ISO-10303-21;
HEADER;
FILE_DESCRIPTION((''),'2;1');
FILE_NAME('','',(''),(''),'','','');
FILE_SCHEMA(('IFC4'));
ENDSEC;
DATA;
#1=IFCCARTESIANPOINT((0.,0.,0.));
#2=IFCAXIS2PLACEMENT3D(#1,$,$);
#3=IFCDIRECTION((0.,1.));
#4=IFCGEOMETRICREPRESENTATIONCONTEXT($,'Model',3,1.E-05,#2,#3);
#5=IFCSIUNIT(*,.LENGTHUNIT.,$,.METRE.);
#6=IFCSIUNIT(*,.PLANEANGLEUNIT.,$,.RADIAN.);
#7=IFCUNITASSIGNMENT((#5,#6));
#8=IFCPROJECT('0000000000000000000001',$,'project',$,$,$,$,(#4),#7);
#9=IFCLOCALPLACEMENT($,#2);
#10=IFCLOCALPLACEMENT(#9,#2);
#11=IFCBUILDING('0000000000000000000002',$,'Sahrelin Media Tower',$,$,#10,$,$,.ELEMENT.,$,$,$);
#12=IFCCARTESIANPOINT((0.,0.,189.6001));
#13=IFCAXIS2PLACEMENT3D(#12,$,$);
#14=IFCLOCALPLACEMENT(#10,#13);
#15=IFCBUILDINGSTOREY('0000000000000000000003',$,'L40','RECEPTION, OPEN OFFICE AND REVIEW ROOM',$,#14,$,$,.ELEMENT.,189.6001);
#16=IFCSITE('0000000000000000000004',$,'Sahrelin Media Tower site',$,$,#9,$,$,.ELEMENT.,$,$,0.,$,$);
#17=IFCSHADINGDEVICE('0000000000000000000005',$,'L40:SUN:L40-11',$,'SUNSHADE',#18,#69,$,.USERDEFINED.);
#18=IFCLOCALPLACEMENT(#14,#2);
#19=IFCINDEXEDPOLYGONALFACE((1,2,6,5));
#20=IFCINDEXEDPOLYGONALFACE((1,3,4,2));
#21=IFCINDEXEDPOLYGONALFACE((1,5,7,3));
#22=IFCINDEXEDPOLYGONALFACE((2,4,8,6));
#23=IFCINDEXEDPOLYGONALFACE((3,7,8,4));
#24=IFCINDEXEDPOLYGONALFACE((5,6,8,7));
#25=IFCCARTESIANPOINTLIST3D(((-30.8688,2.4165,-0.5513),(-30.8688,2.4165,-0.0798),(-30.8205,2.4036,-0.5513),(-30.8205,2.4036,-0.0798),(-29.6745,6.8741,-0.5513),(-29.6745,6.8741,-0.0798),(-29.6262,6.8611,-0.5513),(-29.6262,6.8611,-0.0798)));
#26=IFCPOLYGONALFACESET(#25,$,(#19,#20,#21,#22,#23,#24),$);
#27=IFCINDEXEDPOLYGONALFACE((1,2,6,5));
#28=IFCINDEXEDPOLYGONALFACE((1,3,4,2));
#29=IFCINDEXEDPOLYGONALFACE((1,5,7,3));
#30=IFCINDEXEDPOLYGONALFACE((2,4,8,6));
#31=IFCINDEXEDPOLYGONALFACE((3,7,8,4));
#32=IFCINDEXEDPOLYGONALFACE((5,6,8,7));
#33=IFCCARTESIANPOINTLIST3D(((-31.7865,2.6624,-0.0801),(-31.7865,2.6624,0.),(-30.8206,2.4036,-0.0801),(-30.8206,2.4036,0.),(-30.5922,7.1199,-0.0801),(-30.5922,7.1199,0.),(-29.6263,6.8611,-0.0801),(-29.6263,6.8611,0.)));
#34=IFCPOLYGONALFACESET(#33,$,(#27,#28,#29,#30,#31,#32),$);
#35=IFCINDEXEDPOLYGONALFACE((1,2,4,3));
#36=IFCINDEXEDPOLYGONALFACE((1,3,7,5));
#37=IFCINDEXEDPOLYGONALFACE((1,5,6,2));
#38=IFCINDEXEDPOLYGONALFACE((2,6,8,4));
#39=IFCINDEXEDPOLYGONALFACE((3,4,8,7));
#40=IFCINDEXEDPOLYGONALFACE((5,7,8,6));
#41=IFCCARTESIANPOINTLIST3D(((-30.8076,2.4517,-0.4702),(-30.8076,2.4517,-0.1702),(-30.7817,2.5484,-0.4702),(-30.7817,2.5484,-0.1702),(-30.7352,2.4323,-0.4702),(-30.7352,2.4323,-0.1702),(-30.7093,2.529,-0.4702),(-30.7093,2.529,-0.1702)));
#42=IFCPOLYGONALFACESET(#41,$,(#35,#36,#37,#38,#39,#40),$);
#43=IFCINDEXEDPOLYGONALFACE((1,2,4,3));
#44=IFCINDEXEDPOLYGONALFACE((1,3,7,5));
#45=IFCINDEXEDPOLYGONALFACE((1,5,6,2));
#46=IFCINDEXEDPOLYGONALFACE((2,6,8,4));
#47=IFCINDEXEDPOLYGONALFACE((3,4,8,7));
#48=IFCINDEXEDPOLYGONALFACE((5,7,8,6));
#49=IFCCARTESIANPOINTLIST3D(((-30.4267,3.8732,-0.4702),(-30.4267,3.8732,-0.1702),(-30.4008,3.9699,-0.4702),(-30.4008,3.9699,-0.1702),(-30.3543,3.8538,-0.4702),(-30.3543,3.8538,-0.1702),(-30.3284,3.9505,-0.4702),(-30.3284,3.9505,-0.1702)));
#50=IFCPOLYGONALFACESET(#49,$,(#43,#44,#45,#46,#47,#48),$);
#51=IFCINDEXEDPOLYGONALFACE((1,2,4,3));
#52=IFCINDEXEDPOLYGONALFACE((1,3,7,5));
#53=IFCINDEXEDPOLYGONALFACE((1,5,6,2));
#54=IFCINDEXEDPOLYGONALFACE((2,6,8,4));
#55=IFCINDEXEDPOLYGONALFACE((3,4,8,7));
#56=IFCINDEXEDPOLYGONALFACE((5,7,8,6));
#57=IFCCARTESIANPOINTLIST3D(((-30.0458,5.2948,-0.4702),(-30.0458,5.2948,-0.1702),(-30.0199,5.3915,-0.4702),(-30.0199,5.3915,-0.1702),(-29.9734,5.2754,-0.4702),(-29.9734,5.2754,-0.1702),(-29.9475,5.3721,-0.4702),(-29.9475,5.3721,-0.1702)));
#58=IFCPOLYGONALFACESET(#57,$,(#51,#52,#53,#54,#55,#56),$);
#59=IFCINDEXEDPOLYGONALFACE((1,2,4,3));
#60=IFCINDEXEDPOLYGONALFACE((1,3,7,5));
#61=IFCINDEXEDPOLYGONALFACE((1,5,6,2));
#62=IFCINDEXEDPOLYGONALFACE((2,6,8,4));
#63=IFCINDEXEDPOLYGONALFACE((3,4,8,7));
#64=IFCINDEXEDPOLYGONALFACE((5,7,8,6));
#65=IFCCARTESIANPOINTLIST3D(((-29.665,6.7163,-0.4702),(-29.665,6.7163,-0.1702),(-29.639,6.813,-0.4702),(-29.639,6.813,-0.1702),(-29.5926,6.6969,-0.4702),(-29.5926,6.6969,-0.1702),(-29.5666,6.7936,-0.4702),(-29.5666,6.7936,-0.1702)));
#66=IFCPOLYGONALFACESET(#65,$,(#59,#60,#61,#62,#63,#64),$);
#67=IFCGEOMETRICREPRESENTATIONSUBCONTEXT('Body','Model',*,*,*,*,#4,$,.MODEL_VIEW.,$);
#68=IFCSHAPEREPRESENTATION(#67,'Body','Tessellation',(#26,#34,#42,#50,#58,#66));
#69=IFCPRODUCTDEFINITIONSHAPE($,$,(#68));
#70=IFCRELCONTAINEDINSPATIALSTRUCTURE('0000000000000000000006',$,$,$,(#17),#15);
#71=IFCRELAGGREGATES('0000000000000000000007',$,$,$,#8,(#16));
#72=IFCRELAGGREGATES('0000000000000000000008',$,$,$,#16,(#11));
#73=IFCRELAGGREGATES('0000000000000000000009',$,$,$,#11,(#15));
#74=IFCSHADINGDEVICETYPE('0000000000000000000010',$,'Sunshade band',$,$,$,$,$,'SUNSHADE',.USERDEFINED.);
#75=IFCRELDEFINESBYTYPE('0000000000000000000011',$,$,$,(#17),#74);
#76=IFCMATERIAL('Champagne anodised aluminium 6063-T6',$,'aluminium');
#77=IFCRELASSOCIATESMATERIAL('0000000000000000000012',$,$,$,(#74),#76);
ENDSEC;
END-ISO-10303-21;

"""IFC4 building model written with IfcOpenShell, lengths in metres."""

from ifc_helpers import new_model, si_unit, direction, frame, origin, origin_2d, place, context, subcontext, project, spatial, rectangle, extrude, material, type_object, element, save


model = new_model("IFC4")

# Units and contexts
model_context = context("Model", 3, precision=1e-05, world=origin(), true_north=direction((0.0, 1.0)))
body_context = subcontext(model_context, "Body", "Model", "MODEL_VIEW")
ifc_project = project(units=[si_unit("LENGTHUNIT", "METRE"), si_unit("PLANEANGLEUNIT", "RADIAN")], contexts=[model_context])

# Site, building, storey
site_placement = place(None, origin())
site = spatial("IfcSite", under=ifc_project, at=site_placement, Name="Sahrelin Media Tower site", CompositionType="ELEMENT", RefElevation=0.0)
building_placement = place(site_placement, origin())
building = spatial("IfcBuilding", under=site, at=building_placement, Name="Sahrelin Media Tower", CompositionType="ELEMENT")
storey_placement = place(building_placement, frame((0.0, 0.0, 189.6001)))
storey = spatial("IfcBuildingStorey", under=building, at=storey_placement, Name="L40", Description="RECEPTION, OPEN OFFICE AND REVIEW ROOM", CompositionType="ELEMENT", Elevation=189.6001)

# Shared definitions
ifc_material_1 = material(Name="Champagne anodised aluminium 6063-T6", Category="aluminium")

# Shading device
placement_1 = place(storey_placement, frame((-30.2041, 4.6272, 0.0), z_axis=(0.0, 0.0, 1.0), x_axis=(0.258808, 0.965929, 0.0)))
shading_device_type_1 = type_object("IfcShadingDeviceType", Name="Sunshade band", ElementType="SUNSHADE", PredefinedType="USERDEFINED", material=ifc_material_1)
element("IfcShadingDevice", 1, at=placement_1, inside=storey, type_object=shading_device_type_1, Name="L40:SUN:L40-11", ObjectType="SUNSHADE", PredefinedType="USERDEFINED", context=body_context, shape_type="SweptSolid", body=[
    extrude(rectangle(XDim=4.6147, YDim=0.05, at=origin_2d()), frame((0.0, 0.0449, -0.5513)), (0.0, 0.0, 1.0), 0.4714),
    extrude(rectangle(XDim=4.6147, YDim=1.0, at=origin_2d()), frame((0.0, 0.52, -0.0801)), (0.0, 0.0, 1.0), 0.0801),
    extrude(rectangle(XDim=0.1001, YDim=0.075, at=origin_2d()), frame((-2.2075, -0.0176, -0.4702)), (0.0, 0.0, 1.0), 0.3),
    extrude(rectangle(XDim=0.1001, YDim=0.075, at=origin_2d()), frame((-0.7358, -0.0176, -0.4702)), (0.0, 0.0, 1.0), 0.3),
    extrude(rectangle(XDim=0.1001, YDim=0.075, at=origin_2d()), frame((0.7358, -0.0176, -0.4702)), (0.0, 0.0, 1.0), 0.3),
    extrude(rectangle(XDim=0.1001, YDim=0.075, at=origin_2d()), frame((2.2075, -0.0176, -0.4702)), (0.0, 0.0, 1.0), 0.3),
])

save(model, "model.ifc")
